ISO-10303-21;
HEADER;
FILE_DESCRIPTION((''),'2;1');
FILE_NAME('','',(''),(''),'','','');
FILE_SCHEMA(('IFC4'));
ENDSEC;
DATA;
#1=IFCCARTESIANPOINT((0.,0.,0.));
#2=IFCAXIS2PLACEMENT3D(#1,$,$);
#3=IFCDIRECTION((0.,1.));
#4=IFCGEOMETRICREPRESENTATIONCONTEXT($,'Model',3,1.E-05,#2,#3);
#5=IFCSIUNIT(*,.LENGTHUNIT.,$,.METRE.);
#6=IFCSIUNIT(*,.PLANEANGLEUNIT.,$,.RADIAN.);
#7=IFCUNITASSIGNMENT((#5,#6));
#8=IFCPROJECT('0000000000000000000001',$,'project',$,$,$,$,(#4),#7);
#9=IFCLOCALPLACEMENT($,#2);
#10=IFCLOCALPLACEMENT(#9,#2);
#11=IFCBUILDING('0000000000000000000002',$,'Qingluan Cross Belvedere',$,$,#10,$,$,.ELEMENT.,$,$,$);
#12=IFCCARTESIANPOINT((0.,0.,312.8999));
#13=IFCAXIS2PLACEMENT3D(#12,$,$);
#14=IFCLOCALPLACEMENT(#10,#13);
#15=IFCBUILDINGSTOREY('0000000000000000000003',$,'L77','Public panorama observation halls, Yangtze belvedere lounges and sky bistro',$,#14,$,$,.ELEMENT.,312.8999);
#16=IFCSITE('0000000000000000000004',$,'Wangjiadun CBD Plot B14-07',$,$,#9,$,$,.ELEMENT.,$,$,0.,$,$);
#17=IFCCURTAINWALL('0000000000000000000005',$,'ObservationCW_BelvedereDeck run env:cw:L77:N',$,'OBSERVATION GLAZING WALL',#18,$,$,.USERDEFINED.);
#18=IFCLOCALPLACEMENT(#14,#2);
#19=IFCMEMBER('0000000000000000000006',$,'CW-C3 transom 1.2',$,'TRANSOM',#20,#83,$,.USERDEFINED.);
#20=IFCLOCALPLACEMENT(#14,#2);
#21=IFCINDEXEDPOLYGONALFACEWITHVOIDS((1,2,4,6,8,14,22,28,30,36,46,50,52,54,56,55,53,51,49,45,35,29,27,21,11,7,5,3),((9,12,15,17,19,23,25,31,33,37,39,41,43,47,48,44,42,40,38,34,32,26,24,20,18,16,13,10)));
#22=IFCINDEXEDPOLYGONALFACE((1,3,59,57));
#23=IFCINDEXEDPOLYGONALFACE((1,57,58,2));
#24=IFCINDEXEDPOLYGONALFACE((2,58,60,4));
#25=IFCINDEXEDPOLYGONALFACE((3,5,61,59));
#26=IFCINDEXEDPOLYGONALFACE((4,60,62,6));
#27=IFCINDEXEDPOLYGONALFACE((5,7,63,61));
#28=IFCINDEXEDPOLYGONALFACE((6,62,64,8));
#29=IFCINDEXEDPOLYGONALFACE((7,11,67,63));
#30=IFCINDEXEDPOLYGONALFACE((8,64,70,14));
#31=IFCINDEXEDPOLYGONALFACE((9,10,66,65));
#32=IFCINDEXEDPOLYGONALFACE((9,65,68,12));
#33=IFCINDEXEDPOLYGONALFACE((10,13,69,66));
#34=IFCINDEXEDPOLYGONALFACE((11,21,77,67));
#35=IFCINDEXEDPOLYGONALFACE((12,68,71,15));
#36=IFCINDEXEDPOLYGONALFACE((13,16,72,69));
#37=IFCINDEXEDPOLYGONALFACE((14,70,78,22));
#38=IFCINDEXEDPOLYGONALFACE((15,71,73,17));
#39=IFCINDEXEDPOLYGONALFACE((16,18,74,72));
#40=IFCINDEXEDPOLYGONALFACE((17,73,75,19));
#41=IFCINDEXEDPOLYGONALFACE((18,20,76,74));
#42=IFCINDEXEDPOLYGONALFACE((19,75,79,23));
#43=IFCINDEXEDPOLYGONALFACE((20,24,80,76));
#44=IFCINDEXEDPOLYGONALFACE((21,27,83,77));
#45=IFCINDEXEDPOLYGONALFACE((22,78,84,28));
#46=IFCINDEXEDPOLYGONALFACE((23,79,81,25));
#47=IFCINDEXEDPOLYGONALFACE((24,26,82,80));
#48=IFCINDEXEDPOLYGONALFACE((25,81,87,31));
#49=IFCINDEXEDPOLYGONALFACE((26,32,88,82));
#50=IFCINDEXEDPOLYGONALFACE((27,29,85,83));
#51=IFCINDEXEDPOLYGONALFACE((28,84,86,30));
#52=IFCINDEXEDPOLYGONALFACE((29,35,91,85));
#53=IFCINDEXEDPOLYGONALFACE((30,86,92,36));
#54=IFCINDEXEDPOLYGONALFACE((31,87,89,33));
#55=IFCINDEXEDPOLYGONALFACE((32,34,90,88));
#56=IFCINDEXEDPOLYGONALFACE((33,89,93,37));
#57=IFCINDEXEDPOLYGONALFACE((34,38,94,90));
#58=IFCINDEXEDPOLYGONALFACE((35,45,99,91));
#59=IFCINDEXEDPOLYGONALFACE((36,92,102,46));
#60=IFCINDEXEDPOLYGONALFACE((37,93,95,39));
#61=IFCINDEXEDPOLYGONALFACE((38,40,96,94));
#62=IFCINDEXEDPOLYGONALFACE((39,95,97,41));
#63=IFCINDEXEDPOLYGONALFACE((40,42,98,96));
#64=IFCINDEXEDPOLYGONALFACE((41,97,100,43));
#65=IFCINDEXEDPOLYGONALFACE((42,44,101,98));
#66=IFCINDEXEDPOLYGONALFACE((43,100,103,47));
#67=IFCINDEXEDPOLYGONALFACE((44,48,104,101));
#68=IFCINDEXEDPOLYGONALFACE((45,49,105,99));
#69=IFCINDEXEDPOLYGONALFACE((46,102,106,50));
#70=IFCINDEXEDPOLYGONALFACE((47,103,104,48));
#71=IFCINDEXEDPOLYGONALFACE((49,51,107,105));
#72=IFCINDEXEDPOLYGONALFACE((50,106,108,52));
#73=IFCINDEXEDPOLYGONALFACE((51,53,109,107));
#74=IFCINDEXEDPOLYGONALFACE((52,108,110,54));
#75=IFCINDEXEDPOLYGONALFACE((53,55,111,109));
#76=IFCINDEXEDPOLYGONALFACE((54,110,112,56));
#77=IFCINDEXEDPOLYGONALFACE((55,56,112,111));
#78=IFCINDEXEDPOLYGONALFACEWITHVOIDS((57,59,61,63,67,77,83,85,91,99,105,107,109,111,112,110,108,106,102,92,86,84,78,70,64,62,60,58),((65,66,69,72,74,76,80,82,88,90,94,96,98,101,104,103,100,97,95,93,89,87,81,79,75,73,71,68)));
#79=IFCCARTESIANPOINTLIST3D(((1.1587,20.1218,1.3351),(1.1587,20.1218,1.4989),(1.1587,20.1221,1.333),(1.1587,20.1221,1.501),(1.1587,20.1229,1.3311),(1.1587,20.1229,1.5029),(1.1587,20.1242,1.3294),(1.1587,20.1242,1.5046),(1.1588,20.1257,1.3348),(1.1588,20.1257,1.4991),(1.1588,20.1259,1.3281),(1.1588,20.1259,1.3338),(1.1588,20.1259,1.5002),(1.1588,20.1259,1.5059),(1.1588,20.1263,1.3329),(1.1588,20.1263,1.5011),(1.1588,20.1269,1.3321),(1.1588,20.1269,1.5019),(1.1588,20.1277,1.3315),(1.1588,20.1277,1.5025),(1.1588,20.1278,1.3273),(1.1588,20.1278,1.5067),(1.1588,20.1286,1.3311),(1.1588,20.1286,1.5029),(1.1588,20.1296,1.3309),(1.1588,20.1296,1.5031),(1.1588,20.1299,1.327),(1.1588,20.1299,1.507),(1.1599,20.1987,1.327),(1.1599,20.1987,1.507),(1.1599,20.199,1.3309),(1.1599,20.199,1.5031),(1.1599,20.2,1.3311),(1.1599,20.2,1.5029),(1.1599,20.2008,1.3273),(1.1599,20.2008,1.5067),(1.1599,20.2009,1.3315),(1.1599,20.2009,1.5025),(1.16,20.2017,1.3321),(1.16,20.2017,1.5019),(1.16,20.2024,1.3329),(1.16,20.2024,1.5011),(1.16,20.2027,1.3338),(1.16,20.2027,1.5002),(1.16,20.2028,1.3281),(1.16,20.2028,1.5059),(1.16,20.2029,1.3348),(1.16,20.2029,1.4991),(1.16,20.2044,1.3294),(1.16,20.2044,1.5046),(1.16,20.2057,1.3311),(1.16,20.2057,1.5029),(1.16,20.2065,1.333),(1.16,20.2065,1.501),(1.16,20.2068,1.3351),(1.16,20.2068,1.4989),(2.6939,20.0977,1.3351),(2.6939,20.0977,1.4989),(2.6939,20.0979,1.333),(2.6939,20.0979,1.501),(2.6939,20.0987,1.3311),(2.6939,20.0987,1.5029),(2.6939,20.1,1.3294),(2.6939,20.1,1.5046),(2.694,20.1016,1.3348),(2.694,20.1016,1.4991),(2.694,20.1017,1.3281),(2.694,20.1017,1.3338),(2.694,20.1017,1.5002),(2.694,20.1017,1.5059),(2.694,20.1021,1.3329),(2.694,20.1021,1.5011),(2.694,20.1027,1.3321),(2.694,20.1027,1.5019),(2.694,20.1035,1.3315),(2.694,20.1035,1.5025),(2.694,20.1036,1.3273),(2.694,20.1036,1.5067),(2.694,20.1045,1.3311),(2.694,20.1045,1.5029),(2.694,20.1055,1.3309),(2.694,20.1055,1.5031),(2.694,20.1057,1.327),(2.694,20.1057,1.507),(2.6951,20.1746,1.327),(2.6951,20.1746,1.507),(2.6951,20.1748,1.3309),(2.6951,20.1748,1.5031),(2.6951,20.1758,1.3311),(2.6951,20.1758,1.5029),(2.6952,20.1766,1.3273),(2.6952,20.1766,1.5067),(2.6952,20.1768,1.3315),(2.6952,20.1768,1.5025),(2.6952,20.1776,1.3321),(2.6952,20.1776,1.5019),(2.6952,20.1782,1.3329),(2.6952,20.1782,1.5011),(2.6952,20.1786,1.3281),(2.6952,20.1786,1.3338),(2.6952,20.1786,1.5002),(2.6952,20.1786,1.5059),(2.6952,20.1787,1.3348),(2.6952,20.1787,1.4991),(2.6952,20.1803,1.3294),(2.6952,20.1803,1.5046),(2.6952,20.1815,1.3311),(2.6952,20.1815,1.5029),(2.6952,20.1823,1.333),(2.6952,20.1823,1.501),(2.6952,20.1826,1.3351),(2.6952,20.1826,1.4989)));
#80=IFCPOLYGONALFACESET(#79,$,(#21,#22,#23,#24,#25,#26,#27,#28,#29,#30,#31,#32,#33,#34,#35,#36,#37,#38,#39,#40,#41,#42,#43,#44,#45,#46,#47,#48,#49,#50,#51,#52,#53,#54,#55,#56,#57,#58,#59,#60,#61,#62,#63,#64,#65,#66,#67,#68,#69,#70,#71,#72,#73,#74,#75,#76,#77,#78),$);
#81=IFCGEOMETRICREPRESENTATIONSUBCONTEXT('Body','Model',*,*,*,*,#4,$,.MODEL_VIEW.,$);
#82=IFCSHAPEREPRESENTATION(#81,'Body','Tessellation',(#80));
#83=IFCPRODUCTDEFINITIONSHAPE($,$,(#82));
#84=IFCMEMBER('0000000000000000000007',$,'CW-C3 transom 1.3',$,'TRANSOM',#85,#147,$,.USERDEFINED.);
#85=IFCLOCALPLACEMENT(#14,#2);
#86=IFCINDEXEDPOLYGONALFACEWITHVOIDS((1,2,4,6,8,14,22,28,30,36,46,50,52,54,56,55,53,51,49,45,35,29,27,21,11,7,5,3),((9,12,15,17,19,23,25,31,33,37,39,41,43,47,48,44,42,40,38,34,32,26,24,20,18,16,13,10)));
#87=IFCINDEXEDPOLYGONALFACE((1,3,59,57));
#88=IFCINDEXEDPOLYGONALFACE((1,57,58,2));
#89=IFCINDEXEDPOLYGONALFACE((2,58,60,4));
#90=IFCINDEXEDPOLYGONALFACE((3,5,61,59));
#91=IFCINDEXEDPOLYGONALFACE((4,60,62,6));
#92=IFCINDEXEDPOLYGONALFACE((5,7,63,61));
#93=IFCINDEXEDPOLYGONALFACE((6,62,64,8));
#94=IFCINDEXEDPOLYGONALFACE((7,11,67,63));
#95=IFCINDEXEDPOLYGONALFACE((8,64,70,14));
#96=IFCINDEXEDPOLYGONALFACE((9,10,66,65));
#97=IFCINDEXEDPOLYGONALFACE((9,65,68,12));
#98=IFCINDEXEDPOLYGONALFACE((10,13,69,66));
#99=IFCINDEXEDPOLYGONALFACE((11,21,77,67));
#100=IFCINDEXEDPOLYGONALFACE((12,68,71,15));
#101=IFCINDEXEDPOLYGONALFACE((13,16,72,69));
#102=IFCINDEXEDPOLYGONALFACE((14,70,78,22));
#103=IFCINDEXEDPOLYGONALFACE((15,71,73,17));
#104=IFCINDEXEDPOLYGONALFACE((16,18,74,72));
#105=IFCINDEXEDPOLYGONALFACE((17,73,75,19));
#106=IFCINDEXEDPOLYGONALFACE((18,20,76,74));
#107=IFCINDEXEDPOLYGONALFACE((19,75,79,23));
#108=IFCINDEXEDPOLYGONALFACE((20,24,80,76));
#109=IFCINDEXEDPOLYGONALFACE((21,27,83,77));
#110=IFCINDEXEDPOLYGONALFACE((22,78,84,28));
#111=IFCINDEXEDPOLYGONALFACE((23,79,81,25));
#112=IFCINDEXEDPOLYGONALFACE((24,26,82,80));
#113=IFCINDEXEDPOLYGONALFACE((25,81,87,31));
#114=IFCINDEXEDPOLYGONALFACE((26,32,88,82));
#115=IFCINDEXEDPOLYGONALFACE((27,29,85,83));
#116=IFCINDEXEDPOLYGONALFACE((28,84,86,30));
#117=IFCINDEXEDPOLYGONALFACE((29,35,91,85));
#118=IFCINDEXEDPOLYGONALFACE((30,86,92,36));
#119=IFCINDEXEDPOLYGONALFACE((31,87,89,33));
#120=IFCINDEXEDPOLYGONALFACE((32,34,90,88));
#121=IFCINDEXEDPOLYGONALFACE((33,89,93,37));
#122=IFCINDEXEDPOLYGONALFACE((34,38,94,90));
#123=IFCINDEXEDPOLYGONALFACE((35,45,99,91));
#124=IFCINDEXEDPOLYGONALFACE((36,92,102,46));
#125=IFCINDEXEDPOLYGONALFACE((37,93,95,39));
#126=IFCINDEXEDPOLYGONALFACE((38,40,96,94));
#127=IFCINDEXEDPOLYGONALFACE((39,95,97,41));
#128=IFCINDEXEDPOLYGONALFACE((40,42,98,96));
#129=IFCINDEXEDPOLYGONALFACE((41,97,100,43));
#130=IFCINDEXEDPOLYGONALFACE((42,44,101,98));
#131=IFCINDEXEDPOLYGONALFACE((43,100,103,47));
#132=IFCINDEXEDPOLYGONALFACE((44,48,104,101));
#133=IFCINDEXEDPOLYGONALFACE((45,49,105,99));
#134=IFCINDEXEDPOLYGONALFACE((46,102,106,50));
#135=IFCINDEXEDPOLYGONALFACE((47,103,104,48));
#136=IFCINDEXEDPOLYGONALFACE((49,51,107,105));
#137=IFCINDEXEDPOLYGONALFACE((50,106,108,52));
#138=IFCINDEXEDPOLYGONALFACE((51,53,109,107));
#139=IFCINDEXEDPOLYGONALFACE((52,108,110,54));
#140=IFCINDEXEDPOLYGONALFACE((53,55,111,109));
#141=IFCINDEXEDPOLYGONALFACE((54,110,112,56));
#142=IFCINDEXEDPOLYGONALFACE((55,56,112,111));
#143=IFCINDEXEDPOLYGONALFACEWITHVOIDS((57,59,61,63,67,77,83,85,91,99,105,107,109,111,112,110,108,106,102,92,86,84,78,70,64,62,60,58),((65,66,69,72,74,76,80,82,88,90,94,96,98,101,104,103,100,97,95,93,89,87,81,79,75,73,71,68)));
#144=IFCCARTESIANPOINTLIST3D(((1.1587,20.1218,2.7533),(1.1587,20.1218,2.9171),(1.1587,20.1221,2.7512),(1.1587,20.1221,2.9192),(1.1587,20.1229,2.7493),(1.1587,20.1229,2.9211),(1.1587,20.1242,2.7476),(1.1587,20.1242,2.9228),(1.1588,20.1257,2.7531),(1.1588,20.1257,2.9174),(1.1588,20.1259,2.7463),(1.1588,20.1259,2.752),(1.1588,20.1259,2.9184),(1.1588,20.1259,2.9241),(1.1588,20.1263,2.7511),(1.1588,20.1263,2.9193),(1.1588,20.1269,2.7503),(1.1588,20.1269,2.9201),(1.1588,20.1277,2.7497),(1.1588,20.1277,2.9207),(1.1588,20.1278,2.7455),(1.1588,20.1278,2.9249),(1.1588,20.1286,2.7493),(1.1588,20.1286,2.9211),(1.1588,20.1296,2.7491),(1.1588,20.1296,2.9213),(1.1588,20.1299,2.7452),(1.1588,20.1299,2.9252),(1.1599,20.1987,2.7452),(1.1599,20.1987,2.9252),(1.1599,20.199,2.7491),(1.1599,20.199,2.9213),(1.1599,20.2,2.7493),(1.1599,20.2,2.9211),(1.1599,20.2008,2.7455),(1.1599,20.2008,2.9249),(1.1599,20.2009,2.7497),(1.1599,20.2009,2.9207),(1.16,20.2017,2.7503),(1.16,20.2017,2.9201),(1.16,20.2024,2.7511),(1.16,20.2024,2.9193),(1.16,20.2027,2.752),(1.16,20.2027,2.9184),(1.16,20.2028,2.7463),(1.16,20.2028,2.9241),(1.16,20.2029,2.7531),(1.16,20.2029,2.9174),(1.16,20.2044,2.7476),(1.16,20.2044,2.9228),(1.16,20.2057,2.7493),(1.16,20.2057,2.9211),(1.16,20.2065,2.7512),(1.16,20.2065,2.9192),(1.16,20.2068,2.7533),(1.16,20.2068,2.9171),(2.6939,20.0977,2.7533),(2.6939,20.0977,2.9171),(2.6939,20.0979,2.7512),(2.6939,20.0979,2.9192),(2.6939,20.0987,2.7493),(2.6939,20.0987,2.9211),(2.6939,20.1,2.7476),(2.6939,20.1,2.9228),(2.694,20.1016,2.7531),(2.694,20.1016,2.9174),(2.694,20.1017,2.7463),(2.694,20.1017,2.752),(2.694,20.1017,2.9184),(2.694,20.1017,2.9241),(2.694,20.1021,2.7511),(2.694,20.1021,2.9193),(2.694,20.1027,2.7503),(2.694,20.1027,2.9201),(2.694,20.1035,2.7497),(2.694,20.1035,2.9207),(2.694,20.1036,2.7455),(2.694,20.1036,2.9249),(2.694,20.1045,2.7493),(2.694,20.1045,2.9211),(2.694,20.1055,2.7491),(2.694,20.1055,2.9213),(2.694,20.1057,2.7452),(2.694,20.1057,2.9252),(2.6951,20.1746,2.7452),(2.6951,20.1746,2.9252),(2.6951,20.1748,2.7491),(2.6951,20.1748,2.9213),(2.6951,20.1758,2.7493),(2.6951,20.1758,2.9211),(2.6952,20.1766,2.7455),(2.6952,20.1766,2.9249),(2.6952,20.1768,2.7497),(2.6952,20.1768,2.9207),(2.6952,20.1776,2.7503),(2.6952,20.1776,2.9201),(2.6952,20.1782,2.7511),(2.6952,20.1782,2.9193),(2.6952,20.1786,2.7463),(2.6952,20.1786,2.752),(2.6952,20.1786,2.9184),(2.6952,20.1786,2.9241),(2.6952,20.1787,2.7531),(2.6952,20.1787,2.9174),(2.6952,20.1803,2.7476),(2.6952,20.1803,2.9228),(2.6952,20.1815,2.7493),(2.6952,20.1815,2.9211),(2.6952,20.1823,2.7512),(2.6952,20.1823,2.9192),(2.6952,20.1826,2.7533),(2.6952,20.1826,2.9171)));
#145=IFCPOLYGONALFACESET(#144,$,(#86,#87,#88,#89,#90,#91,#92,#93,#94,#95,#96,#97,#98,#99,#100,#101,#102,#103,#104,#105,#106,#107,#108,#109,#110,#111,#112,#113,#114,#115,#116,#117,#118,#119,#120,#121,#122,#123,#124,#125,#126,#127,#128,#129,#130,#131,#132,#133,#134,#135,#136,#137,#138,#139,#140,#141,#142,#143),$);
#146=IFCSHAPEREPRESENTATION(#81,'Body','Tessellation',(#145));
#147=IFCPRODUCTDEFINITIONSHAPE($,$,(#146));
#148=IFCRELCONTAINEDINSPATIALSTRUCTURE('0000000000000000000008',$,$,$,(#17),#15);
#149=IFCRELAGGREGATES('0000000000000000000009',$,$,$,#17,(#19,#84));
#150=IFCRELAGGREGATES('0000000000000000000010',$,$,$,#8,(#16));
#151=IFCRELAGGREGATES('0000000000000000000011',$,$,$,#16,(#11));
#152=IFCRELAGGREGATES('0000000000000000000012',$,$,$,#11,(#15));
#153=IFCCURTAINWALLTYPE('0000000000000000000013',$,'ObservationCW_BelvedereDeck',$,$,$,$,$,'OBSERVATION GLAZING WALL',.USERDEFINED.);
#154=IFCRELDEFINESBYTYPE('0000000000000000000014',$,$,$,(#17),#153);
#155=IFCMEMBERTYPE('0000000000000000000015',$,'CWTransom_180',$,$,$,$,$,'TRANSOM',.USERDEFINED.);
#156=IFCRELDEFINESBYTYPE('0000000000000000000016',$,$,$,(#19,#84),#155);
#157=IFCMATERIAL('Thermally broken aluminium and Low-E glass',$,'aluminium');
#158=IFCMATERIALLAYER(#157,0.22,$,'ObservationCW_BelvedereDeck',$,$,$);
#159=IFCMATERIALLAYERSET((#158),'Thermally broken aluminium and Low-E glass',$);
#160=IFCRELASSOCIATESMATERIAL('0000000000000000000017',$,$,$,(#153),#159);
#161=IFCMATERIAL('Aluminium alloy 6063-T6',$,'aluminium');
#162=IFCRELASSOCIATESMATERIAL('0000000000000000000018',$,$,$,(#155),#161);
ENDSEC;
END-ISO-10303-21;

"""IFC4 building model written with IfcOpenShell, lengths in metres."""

from ifc_helpers import new_model, si_unit, direction, frame, origin, origin_2d, place, context, subcontext, project, spatial, hollow_rectangle, extrude, material, layer, layer_set, material_profile, profile_set, type_object, element, aggregate, save


model = new_model("IFC4")

# Units and contexts
model_context = context("Model", 3, precision=1e-05, world=origin(), true_north=direction((0.0, 1.0)))
body_context = subcontext(model_context, "Body", "Model", "MODEL_VIEW")
ifc_project = project(units=[si_unit("LENGTHUNIT", "METRE"), si_unit("PLANEANGLEUNIT", "RADIAN")], contexts=[model_context])

# Site, building, storey
site_placement = place(None, origin())
site = spatial("IfcSite", under=ifc_project, at=site_placement, Name="Wangjiadun CBD Plot B14-07", CompositionType="ELEMENT", RefElevation=0.0)
building_placement = place(site_placement, origin())
building = spatial("IfcBuilding", under=site, at=building_placement, Name="Qingluan Cross Belvedere", CompositionType="ELEMENT")
storey_placement = place(building_placement, frame((0.0, 0.0, 312.8999)))
storey = spatial("IfcBuildingStorey", under=building, at=storey_placement, Name="L77", Description="Public panorama observation halls, Yangtze belvedere lounges and sky bistro", CompositionType="ELEMENT", Elevation=312.8999)

# Curtain wall, members
ifc_material_1 = material(Name="Thermally broken aluminium and Low-E glass", Category="aluminium")
ifc_layer_1 = layer(ifc_material_1, 0.22, Name="ObservationCW_BelvedereDeck")
ifc_layer_set_1 = layer_set([ifc_layer_1], Name="Thermally broken aluminium and Low-E glass")
curtain_wall_type = type_object("IfcCurtainWallType", Name="ObservationCW_BelvedereDeck", ElementType="OBSERVATION GLAZING WALL", PredefinedType="USERDEFINED", material=ifc_layer_set_1)
curtain_wall_placement = place(storey_placement, origin())
curtain_wall = element("IfcCurtainWall", 1, at=curtain_wall_placement, inside=storey, type_object=curtain_wall_type, Name="ObservationCW_BelvedereDeck run env:cw:L77:N", ObjectType="OBSERVATION GLAZING WALL", PredefinedType="USERDEFINED")
ifc_material_2 = material(Name="Aluminium alloy 6063-T6", Category="aluminium")
ifc_material_profile_1 = material_profile(ifc_material_2, hollow_rectangle(XDim=0.085, YDim=0.1799, WallThickness=0.0039, InnerFilletRadius=0.0039, OuterFilletRadius=0.0081, at=origin_2d()), Name="CWT180x85x4")
ifc_profile_set_1 = profile_set([ifc_material_profile_1], Name="Aluminium alloy 6063-T6")
member_type_1 = type_object("IfcMemberType", Name="CWTransom_180", ElementType="TRANSOM", PredefinedType="USERDEFINED", material=ifc_profile_set_1)
member_1_placement = place(storey_placement, frame((2.6946, 20.1401, 1.417), z_axis=(-0.999876, 0.015742, 0.0), x_axis=(-0.015742, -0.999876, 0.0)))
member_1 = element("IfcMember", 2, at=member_1_placement, type_object=member_type_1, Name="CW-C3 transom 1.2", ObjectType="TRANSOM", PredefinedType="USERDEFINED", context=body_context, shape_type="SweptSolid", body=[
    extrude(hollow_rectangle(XDim=0.085, YDim=0.1799, WallThickness=0.0039, InnerFilletRadius=0.0039, OuterFilletRadius=0.0081, at=origin_2d()), origin(), (0.0, 0.0, 1.0), 1.5354),
])
member_2_placement = place(storey_placement, frame((2.6946, 20.1401, 2.8352), z_axis=(-0.999876, 0.015742, 0.0), x_axis=(-0.015742, -0.999876, 0.0)))
member_2 = element("IfcMember", 3, at=member_2_placement, type_object=member_type_1, Name="CW-C3 transom 1.3", ObjectType="TRANSOM", PredefinedType="USERDEFINED", context=body_context, shape_type="SweptSolid", body=[
    extrude(hollow_rectangle(XDim=0.085, YDim=0.1799, WallThickness=0.0039, InnerFilletRadius=0.0039, OuterFilletRadius=0.0081, at=origin_2d()), origin(), (0.0, 0.0, 1.0), 1.5354),
])

aggregate(curtain_wall, [member_1, member_2])

save(model, "model.ifc")
